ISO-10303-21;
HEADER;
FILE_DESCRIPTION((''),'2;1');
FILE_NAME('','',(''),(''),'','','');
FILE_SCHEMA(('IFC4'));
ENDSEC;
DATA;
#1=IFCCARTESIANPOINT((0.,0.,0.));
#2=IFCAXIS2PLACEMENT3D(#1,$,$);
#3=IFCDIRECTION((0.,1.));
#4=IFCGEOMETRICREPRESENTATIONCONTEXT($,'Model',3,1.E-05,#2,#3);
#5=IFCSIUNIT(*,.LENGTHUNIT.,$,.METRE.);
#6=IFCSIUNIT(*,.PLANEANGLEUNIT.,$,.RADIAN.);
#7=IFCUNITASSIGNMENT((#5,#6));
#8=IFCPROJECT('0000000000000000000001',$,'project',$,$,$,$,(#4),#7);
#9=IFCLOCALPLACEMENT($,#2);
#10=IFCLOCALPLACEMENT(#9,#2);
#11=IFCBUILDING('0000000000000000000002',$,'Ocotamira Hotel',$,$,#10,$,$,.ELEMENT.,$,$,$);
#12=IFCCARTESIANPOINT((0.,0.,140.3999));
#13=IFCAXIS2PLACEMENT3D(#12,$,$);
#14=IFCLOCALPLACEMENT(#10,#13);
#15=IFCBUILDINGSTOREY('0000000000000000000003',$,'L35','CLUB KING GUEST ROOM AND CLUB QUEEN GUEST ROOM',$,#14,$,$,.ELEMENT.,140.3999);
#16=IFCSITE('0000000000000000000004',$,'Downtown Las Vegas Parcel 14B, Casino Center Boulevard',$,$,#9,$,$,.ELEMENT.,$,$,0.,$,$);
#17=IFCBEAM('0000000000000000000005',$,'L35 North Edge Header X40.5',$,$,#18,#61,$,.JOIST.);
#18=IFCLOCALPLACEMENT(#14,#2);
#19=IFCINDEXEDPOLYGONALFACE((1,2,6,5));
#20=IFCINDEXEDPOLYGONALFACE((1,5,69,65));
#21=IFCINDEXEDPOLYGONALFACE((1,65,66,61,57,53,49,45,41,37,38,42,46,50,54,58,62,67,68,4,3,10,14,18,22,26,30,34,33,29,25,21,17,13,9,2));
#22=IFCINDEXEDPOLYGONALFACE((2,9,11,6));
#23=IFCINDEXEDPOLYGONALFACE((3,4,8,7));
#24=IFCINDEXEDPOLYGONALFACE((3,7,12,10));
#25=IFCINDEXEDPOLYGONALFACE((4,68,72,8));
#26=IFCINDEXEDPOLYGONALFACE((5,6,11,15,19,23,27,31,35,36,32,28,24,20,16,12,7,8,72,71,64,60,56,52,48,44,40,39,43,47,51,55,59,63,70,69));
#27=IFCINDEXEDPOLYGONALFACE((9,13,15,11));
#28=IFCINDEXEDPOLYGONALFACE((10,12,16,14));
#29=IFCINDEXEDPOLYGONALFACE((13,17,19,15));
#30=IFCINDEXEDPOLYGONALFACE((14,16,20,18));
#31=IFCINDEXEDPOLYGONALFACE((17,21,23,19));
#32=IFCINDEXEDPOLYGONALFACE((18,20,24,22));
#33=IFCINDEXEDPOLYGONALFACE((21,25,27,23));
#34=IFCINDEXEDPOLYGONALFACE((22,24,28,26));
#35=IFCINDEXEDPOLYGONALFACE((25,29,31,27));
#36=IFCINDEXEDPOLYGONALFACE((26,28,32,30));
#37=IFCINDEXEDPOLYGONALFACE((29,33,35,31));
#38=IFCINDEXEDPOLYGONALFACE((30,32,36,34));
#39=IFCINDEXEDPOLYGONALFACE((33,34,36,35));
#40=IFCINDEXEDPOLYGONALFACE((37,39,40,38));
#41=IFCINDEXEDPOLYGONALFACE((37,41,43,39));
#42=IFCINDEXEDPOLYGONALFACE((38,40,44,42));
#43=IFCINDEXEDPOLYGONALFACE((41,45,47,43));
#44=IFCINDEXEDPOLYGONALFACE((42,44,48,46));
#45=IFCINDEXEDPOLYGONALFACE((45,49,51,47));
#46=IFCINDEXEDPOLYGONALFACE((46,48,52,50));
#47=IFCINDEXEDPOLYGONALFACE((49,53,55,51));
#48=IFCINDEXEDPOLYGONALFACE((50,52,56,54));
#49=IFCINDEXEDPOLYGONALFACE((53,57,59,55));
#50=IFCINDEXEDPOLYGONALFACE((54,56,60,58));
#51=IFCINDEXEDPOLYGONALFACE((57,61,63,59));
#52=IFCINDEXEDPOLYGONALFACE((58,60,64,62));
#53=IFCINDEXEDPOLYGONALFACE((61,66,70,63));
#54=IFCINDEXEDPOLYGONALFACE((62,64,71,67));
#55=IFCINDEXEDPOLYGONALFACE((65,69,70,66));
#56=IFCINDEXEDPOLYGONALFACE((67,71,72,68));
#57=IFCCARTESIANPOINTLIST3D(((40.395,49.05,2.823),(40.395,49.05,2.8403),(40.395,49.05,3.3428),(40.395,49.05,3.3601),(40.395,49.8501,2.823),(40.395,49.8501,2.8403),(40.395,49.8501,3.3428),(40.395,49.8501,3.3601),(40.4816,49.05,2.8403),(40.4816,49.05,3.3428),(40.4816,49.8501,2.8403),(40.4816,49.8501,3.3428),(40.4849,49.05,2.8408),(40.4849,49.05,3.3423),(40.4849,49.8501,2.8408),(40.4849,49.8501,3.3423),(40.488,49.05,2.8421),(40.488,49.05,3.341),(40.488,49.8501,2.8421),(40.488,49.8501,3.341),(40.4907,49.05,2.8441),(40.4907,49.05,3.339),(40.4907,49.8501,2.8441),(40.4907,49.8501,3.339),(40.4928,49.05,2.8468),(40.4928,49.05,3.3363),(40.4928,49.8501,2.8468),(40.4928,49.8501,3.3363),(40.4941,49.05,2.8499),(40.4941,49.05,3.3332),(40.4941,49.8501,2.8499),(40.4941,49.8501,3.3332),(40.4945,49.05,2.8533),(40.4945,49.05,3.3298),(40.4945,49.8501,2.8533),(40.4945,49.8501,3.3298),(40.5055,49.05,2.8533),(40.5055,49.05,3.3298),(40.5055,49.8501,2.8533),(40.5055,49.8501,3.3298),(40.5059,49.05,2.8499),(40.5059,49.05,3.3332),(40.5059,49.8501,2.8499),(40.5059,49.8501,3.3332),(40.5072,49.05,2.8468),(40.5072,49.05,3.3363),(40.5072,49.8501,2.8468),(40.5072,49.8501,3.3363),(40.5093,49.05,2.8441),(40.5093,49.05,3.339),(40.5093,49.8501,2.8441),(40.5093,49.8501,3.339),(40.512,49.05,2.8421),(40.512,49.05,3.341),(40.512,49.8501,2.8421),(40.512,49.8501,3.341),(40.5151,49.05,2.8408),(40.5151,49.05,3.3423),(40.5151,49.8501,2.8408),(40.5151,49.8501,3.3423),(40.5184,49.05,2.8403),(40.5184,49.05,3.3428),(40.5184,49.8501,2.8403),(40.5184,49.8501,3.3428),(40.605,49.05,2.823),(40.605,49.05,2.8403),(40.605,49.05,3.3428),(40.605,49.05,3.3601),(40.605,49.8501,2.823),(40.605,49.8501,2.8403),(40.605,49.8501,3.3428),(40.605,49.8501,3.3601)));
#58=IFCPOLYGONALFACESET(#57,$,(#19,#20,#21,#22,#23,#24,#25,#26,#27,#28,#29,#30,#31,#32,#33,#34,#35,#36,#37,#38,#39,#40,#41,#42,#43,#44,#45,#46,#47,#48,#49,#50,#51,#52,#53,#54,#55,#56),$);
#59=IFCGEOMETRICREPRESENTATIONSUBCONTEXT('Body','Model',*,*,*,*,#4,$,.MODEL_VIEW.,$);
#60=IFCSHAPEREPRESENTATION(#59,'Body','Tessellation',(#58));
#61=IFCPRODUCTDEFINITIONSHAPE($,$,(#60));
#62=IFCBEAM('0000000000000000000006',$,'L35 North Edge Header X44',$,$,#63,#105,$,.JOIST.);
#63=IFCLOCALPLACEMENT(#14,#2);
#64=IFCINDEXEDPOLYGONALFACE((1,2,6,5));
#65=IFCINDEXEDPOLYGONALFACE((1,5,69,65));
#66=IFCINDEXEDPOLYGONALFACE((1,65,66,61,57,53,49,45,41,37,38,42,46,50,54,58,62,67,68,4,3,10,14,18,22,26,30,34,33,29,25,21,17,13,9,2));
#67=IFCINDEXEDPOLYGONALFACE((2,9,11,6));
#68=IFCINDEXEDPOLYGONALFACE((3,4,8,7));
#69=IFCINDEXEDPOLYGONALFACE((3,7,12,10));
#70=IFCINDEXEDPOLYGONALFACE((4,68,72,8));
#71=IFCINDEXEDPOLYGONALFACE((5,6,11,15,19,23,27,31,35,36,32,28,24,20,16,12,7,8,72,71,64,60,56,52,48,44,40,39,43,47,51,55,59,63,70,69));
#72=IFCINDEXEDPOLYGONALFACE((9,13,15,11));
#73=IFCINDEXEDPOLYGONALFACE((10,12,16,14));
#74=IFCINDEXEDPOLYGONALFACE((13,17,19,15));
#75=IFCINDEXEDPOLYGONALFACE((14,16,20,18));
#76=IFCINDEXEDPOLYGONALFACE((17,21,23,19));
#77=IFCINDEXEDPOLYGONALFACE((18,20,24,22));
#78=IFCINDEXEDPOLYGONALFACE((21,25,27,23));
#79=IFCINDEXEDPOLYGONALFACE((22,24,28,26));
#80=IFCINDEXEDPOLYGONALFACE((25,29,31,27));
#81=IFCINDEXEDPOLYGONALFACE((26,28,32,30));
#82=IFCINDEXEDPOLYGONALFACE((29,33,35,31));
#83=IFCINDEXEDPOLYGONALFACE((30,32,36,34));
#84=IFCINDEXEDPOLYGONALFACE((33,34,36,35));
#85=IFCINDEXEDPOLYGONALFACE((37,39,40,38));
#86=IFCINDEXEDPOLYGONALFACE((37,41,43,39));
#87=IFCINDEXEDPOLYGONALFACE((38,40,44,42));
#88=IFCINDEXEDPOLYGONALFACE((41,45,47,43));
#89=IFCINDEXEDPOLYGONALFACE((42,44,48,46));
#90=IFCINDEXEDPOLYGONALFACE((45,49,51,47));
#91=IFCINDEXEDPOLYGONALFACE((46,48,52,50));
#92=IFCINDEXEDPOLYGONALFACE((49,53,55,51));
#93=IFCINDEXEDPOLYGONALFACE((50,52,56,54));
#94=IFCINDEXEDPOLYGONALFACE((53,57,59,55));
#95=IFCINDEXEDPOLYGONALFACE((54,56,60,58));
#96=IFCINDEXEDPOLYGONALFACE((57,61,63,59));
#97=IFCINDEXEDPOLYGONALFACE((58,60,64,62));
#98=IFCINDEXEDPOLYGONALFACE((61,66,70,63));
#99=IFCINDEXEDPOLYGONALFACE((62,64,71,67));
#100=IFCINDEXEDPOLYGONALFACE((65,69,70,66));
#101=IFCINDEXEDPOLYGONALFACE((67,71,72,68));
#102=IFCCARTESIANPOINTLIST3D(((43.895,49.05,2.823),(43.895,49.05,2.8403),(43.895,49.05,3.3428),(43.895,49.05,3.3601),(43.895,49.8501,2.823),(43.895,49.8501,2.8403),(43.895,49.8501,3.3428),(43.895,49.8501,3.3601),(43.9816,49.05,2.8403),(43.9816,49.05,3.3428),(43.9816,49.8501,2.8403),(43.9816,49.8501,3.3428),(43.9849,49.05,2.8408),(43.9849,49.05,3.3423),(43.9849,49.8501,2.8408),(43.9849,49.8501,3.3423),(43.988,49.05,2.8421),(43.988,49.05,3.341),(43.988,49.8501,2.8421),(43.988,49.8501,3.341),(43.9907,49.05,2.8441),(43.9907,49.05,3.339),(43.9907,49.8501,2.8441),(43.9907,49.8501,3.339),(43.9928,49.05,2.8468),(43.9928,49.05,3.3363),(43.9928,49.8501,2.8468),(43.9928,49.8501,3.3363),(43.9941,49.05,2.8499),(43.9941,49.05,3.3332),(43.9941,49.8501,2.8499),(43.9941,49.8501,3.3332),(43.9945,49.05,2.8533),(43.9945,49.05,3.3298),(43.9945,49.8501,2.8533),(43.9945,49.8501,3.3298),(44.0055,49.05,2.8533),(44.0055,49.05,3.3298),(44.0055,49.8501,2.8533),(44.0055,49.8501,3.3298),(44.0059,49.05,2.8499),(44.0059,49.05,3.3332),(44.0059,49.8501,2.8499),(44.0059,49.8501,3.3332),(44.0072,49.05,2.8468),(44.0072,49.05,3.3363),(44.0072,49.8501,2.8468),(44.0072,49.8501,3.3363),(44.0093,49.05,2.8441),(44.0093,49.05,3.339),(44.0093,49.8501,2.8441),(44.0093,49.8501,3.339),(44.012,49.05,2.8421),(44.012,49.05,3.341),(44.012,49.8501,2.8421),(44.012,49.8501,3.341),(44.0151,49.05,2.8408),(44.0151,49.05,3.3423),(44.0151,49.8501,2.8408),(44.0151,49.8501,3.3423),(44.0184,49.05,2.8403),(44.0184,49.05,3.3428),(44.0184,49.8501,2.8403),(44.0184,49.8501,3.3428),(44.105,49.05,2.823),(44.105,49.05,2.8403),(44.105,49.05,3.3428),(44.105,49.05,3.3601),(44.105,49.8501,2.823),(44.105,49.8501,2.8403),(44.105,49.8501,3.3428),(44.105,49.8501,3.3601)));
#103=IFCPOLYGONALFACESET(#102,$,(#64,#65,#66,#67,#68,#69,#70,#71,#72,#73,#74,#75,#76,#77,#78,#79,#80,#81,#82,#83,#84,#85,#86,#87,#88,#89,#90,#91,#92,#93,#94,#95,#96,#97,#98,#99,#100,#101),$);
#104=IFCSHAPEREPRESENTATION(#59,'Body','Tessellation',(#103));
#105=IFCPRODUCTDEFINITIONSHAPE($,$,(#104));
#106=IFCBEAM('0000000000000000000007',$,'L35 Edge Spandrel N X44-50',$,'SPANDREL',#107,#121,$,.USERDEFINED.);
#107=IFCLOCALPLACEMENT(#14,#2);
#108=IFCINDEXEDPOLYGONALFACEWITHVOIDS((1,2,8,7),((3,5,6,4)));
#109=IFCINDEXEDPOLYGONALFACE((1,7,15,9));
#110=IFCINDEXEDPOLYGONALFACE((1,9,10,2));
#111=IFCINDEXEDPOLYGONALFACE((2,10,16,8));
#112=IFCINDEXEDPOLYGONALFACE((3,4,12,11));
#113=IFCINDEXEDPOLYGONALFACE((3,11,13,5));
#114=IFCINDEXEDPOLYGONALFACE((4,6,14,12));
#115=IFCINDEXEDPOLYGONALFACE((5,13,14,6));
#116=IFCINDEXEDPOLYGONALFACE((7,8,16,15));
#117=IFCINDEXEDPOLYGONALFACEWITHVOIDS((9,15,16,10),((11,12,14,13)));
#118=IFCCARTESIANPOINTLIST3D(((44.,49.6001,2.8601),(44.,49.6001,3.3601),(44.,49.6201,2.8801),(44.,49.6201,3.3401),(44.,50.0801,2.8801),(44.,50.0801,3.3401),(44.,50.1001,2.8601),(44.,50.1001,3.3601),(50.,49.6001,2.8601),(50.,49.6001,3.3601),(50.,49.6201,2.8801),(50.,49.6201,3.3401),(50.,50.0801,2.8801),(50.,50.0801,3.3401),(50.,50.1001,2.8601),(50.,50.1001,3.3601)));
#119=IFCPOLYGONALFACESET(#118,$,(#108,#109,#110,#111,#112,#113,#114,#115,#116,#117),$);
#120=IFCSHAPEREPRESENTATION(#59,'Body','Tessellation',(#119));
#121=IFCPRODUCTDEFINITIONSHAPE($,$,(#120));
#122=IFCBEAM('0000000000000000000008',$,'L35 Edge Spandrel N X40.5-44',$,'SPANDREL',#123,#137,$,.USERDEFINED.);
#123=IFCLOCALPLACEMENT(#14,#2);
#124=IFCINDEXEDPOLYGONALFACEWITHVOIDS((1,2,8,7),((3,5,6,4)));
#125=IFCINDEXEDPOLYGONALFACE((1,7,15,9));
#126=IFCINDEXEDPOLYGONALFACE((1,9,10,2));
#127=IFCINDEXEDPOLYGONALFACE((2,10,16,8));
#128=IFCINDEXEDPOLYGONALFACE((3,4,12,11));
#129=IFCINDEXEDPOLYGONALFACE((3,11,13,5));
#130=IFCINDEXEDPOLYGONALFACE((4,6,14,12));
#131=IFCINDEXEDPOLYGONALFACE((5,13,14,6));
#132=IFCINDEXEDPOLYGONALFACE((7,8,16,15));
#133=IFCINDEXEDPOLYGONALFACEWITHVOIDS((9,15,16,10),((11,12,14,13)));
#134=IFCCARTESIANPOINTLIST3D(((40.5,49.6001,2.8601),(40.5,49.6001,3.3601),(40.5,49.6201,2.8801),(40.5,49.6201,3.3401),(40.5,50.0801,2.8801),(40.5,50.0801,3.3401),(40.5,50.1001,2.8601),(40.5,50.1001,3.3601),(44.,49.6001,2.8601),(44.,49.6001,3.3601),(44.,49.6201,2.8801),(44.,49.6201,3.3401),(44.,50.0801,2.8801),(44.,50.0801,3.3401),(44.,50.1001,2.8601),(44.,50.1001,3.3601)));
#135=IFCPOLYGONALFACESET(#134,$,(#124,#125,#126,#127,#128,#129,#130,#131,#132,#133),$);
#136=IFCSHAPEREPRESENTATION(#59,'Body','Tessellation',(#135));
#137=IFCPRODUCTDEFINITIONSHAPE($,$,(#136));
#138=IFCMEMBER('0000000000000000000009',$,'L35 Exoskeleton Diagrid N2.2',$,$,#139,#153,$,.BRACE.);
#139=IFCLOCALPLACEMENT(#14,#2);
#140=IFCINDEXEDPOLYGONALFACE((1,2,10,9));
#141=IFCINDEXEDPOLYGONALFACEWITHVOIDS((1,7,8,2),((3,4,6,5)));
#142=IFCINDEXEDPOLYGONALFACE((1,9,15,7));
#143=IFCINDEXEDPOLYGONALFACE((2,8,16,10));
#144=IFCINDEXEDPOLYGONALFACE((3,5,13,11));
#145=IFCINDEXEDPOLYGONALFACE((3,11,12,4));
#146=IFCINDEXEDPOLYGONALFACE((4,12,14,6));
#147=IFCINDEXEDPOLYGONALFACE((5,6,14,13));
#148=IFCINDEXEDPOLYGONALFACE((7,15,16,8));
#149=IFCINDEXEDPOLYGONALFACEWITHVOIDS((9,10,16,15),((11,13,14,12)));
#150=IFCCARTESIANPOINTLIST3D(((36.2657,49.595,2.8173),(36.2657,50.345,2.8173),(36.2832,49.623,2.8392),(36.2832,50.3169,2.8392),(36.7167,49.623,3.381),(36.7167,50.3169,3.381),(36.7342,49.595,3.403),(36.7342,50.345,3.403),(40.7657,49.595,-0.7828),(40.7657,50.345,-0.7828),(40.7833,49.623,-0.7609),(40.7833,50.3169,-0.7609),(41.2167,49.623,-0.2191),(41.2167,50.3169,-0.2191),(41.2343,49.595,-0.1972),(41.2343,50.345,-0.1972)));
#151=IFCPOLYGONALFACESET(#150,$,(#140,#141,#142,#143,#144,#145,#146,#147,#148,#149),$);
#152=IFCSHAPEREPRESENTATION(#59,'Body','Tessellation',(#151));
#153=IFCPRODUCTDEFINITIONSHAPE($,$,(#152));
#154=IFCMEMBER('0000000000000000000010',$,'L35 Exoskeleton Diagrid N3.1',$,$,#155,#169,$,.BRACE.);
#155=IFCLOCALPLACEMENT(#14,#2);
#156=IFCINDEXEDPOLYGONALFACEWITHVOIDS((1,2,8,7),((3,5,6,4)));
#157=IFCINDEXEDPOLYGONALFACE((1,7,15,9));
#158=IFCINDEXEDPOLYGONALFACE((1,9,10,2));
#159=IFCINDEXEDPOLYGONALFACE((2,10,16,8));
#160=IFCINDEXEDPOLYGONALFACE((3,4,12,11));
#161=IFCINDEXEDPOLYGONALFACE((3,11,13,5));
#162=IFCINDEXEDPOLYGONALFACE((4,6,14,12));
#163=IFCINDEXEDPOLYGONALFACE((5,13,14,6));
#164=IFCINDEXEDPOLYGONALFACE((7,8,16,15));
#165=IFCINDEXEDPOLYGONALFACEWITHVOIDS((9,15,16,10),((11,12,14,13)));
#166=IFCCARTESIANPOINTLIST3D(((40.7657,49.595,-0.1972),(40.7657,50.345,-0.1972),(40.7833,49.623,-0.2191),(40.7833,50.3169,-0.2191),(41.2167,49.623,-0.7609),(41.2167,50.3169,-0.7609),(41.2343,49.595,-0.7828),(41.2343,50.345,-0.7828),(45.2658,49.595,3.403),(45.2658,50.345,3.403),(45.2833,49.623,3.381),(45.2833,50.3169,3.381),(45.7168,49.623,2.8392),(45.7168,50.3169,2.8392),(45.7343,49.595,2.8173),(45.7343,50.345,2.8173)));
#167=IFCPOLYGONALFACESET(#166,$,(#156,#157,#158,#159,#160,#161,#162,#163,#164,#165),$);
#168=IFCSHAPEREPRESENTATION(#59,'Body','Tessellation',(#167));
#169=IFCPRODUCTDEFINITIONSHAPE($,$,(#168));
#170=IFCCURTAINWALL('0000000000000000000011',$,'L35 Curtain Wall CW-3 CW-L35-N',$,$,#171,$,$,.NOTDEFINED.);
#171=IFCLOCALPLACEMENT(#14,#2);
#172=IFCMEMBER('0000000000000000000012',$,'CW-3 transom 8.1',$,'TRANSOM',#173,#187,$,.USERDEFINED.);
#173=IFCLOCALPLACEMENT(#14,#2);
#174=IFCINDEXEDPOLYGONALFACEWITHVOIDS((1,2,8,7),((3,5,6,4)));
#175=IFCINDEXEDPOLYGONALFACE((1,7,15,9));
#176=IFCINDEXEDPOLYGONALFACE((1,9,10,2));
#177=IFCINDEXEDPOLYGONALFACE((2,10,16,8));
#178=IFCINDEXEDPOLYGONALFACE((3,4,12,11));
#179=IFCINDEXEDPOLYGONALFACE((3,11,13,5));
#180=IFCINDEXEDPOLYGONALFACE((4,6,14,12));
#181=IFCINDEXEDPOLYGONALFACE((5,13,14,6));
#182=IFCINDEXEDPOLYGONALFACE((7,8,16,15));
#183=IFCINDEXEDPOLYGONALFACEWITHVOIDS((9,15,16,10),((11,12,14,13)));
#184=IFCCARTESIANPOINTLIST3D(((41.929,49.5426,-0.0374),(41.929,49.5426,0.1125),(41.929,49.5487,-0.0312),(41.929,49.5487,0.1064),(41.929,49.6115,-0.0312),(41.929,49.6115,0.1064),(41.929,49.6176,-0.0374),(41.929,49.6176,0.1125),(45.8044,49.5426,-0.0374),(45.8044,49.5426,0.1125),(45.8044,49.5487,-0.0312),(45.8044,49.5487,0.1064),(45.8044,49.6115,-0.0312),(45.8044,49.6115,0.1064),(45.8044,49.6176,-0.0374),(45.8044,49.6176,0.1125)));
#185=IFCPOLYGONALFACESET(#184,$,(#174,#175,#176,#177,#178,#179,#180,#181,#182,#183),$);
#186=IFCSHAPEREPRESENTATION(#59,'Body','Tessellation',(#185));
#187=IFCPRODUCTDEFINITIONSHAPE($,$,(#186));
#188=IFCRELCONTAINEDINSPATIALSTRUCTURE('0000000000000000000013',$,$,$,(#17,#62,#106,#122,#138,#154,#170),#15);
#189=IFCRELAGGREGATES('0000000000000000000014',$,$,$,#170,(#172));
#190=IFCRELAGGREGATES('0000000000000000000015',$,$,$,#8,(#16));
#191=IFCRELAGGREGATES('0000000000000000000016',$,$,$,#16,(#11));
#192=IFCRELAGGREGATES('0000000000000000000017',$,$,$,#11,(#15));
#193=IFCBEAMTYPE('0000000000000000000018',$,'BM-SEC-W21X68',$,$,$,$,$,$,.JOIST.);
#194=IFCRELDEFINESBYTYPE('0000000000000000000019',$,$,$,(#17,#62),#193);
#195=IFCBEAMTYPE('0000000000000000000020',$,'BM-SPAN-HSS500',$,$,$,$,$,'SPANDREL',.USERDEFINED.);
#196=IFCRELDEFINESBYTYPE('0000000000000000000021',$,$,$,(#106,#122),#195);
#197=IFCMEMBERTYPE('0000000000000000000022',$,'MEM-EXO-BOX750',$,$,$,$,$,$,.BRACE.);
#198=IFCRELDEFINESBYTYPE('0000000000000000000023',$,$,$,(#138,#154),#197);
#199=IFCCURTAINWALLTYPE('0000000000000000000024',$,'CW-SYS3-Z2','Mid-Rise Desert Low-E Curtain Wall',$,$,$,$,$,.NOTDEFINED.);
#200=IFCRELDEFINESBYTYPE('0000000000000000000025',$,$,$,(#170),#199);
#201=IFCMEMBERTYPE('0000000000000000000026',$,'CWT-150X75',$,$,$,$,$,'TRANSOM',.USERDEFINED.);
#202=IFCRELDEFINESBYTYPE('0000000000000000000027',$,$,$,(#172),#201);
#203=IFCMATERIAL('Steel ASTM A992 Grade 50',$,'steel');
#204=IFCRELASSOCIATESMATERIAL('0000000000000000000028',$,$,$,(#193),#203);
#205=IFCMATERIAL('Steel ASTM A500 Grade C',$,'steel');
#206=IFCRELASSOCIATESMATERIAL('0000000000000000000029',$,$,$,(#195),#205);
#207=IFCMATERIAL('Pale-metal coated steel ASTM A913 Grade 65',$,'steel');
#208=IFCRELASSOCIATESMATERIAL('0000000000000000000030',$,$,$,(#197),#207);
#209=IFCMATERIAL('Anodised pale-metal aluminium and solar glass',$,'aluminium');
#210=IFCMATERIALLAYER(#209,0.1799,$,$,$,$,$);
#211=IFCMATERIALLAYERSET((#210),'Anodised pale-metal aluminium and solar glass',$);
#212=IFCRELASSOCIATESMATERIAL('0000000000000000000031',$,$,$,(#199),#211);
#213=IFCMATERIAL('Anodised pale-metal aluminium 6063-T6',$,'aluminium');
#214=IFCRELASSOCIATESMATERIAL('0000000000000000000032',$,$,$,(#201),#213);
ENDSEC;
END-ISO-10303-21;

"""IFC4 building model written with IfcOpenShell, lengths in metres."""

from ifc_helpers import new_model, si_unit, direction, frame, origin, origin_2d, place, context, subcontext, project, spatial, hollow_rectangle, i_section, extrude, source, transform, mapped, material, layer, layer_set, material_profile, profile_set, type_object, element, aggregate, save


model = new_model("IFC4")

# Units and contexts
model_context = context("Model", 3, precision=1e-05, world=origin(), true_north=direction((0.0, 1.0)))
body_context = subcontext(model_context, "Body", "Model", "MODEL_VIEW")
ifc_project = project(units=[si_unit("LENGTHUNIT", "METRE"), si_unit("PLANEANGLEUNIT", "RADIAN")], contexts=[model_context])

# Site, building, storey
site_placement = place(None, origin())
site = spatial("IfcSite", under=ifc_project, at=site_placement, Name="Downtown Las Vegas Parcel 14B, Casino Center Boulevard", CompositionType="ELEMENT", RefElevation=0.0)
building_placement = place(site_placement, origin())
building = spatial("IfcBuilding", under=site, at=building_placement, Name="Ocotamira Hotel", CompositionType="ELEMENT")
storey_placement = place(building_placement, frame((0.0, 0.0, 140.3999)))
storey = spatial("IfcBuildingStorey", under=building, at=storey_placement, Name="L35", Description="CLUB KING GUEST ROOM AND CLUB QUEEN GUEST ROOM", CompositionType="ELEMENT", Elevation=140.3999)

# Beams
ifc_material_1 = material(Name="Steel ASTM A992 Grade 50", Category="steel")
ifc_material_profile_1 = material_profile(ifc_material_1, i_section(OverallWidth=0.21, OverallDepth=0.5371, WebThickness=0.011, FlangeThickness=0.0173, FilletRadius=0.0129, at=origin_2d()), Name="W21X68")
ifc_profile_set_1 = profile_set([ifc_material_profile_1], Name="Steel ASTM A992 Grade 50")
beam_type_1 = type_object("IfcBeamType", Name="BM-SEC-W21X68", PredefinedType="JOIST", material=ifc_profile_set_1)
shared_shape_1 = source(origin(), body_context, "Body", "SweptSolid", [
    extrude(i_section(OverallWidth=0.21, OverallDepth=0.5371, WebThickness=0.011, FlangeThickness=0.0173, FilletRadius=0.0129, at=origin_2d()), origin(), (0.0, 0.0, 1.0), 0.8),
])
for number, where, z_axis, x_axis, name in (
    (1, (40.5, 49.05, 3.0916), (0.0, 1.0, 0.0), (-1.0, 0.0, 0.0), "L35 North Edge Header X40.5"),
    (2, (44.0, 49.05, 3.0916), (0.0, 1.0, 0.0), (-1.0, 0.0, 0.0), "L35 North Edge Header X44"),
):
    element("IfcBeam", number, at=place(storey_placement, frame(where, z_axis=z_axis, x_axis=x_axis)), inside=storey, type_object=beam_type_1, Name=name, PredefinedType="JOIST", context=body_context, shape_type="MappedRepresentation", body=[
        mapped(shared_shape_1, transform((0.0, 0.0, 0.0), scale=1.0)),
    ])
ifc_material_2 = material(Name="Steel ASTM A500 Grade C", Category="steel")
ifc_material_profile_2 = material_profile(ifc_material_2, hollow_rectangle(XDim=0.5, YDim=0.5, WallThickness=0.02, at=origin_2d()), Name="HSS500X500X20")
ifc_profile_set_2 = profile_set([ifc_material_profile_2], Name="Steel ASTM A500 Grade C")
beam_type_2 = type_object("IfcBeamType", Name="BM-SPAN-HSS500", ElementType="SPANDREL", PredefinedType="USERDEFINED", material=ifc_profile_set_2)
shared_shape_2 = source(origin(), body_context, "Body", "SweptSolid", [
    extrude(hollow_rectangle(XDim=0.5, YDim=0.5, WallThickness=0.02, at=origin_2d()), origin(), (0.0, 0.0, 1.0), 6.0),
])
beam_1_placement = place(storey_placement, frame((44.0, 49.8501, 3.1101), z_axis=(1.0, 0.0, 0.0), x_axis=(0.0, 1.0, 0.0)))
element("IfcBeam", 3, at=beam_1_placement, inside=storey, type_object=beam_type_2, Name="L35 Edge Spandrel N X44-50", ObjectType="SPANDREL", PredefinedType="USERDEFINED", context=body_context, shape_type="MappedRepresentation", body=[
    mapped(shared_shape_2, transform((0.0, 0.0, 0.0), scale=1.0)),
])
shared_shape_3 = source(origin(), body_context, "Body", "SweptSolid", [
    extrude(hollow_rectangle(XDim=0.5, YDim=0.5, WallThickness=0.02, at=origin_2d()), origin(), (0.0, 0.0, 1.0), 3.5),
])
beam_2_placement = place(storey_placement, frame((40.5, 49.8501, 3.1101), z_axis=(1.0, 0.0, 0.0), x_axis=(0.0, 1.0, 0.0)))
element("IfcBeam", 4, at=beam_2_placement, inside=storey, type_object=beam_type_2, Name="L35 Edge Spandrel N X40.5-44", ObjectType="SPANDREL", PredefinedType="USERDEFINED", context=body_context, shape_type="MappedRepresentation", body=[
    mapped(shared_shape_3, transform((0.0, 0.0, 0.0), scale=1.0)),
])

# Members
ifc_material_3 = material(Name="Pale-metal coated steel ASTM A913 Grade 65", Category="steel")
ifc_material_profile_3 = material_profile(ifc_material_3, hollow_rectangle(XDim=0.75, YDim=0.75, WallThickness=0.0281, at=origin_2d()), Name="BOX750X750X28")
ifc_profile_set_3 = profile_set([ifc_material_profile_3], Name="Pale-metal coated steel ASTM A913 Grade 65")
member_type_1 = type_object("IfcMemberType", Name="MEM-EXO-BOX750", PredefinedType="BRACE", material=ifc_profile_set_3)
shared_shape_4 = source(origin(), body_context, "Body", "SweptSolid", [
    extrude(hollow_rectangle(XDim=0.75, YDim=0.75, WallThickness=0.0281, at=origin_2d()), origin(), (0.0, 0.0, 1.0), 5.7629),
])
for number, where, z_axis, x_axis, name in (
    (5, (41.0, 49.97, -0.49), (-0.780861, 0.0, 0.624705), (0.0, -1.0, 0.0), "L35 Exoskeleton Diagrid N2.2"),
    (6, (41.0, 49.97, -0.49), (0.780861, 0.0, 0.624705), (0.0, 1.0, 0.0), "L35 Exoskeleton Diagrid N3.1"),
):
    element("IfcMember", number, at=place(storey_placement, frame(where, z_axis=z_axis, x_axis=x_axis)), inside=storey, type_object=member_type_1, Name=name, PredefinedType="BRACE", context=body_context, shape_type="MappedRepresentation", body=[
        mapped(shared_shape_4, transform((0.0, 0.0, 0.0), scale=1.0)),
    ])

# Curtain wall, member
ifc_material_4 = material(Name="Anodised pale-metal aluminium and solar glass", Category="aluminium")
ifc_layer_1 = layer(ifc_material_4, 0.1799)
ifc_layer_set_1 = layer_set([ifc_layer_1], Name="Anodised pale-metal aluminium and solar glass")
curtain_wall_type = type_object("IfcCurtainWallType", Name="CW-SYS3-Z2", Description="Mid-Rise Desert Low-E Curtain Wall", PredefinedType="NOTDEFINED", material=ifc_layer_set_1)
curtain_wall_placement = place(storey_placement, origin())
curtain_wall = element("IfcCurtainWall", 7, at=curtain_wall_placement, inside=storey, type_object=curtain_wall_type, Name="L35 Curtain Wall CW-3 CW-L35-N", PredefinedType="NOTDEFINED")
ifc_material_5 = material(Name="Anodised pale-metal aluminium 6063-T6", Category="aluminium")
ifc_material_profile_4 = material_profile(ifc_material_5, hollow_rectangle(XDim=0.075, YDim=0.1499, WallThickness=0.0061, at=origin_2d()), Name="HSS150X75X6")
ifc_profile_set_4 = profile_set([ifc_material_profile_4], Name="Anodised pale-metal aluminium 6063-T6")
member_type_2 = type_object("IfcMemberType", Name="CWT-150X75", ElementType="TRANSOM", PredefinedType="USERDEFINED", material=ifc_profile_set_4)
shared_shape_5 = source(origin(), body_context, "Body", "SweptSolid", [
    extrude(hollow_rectangle(XDim=0.075, YDim=0.1499, WallThickness=0.0061, at=origin_2d()), origin(), (0.0, 0.0, 1.0), 3.8755),
])
member_1_placement = place(storey_placement, frame((41.929, 49.5801, 0.0376), z_axis=(1.0, 0.0, 0.0), x_axis=(0.0, 1.0, 0.0)))
member_1 = element("IfcMember", 8, at=member_1_placement, type_object=member_type_2, Name="CW-3 transom 8.1", ObjectType="TRANSOM", PredefinedType="USERDEFINED", context=body_context, shape_type="MappedRepresentation", body=[
    mapped(shared_shape_5, transform((0.0, 0.0, 0.0), scale=1.0)),
])
aggregate(curtain_wall, [member_1])

save(model, "model.ifc")
